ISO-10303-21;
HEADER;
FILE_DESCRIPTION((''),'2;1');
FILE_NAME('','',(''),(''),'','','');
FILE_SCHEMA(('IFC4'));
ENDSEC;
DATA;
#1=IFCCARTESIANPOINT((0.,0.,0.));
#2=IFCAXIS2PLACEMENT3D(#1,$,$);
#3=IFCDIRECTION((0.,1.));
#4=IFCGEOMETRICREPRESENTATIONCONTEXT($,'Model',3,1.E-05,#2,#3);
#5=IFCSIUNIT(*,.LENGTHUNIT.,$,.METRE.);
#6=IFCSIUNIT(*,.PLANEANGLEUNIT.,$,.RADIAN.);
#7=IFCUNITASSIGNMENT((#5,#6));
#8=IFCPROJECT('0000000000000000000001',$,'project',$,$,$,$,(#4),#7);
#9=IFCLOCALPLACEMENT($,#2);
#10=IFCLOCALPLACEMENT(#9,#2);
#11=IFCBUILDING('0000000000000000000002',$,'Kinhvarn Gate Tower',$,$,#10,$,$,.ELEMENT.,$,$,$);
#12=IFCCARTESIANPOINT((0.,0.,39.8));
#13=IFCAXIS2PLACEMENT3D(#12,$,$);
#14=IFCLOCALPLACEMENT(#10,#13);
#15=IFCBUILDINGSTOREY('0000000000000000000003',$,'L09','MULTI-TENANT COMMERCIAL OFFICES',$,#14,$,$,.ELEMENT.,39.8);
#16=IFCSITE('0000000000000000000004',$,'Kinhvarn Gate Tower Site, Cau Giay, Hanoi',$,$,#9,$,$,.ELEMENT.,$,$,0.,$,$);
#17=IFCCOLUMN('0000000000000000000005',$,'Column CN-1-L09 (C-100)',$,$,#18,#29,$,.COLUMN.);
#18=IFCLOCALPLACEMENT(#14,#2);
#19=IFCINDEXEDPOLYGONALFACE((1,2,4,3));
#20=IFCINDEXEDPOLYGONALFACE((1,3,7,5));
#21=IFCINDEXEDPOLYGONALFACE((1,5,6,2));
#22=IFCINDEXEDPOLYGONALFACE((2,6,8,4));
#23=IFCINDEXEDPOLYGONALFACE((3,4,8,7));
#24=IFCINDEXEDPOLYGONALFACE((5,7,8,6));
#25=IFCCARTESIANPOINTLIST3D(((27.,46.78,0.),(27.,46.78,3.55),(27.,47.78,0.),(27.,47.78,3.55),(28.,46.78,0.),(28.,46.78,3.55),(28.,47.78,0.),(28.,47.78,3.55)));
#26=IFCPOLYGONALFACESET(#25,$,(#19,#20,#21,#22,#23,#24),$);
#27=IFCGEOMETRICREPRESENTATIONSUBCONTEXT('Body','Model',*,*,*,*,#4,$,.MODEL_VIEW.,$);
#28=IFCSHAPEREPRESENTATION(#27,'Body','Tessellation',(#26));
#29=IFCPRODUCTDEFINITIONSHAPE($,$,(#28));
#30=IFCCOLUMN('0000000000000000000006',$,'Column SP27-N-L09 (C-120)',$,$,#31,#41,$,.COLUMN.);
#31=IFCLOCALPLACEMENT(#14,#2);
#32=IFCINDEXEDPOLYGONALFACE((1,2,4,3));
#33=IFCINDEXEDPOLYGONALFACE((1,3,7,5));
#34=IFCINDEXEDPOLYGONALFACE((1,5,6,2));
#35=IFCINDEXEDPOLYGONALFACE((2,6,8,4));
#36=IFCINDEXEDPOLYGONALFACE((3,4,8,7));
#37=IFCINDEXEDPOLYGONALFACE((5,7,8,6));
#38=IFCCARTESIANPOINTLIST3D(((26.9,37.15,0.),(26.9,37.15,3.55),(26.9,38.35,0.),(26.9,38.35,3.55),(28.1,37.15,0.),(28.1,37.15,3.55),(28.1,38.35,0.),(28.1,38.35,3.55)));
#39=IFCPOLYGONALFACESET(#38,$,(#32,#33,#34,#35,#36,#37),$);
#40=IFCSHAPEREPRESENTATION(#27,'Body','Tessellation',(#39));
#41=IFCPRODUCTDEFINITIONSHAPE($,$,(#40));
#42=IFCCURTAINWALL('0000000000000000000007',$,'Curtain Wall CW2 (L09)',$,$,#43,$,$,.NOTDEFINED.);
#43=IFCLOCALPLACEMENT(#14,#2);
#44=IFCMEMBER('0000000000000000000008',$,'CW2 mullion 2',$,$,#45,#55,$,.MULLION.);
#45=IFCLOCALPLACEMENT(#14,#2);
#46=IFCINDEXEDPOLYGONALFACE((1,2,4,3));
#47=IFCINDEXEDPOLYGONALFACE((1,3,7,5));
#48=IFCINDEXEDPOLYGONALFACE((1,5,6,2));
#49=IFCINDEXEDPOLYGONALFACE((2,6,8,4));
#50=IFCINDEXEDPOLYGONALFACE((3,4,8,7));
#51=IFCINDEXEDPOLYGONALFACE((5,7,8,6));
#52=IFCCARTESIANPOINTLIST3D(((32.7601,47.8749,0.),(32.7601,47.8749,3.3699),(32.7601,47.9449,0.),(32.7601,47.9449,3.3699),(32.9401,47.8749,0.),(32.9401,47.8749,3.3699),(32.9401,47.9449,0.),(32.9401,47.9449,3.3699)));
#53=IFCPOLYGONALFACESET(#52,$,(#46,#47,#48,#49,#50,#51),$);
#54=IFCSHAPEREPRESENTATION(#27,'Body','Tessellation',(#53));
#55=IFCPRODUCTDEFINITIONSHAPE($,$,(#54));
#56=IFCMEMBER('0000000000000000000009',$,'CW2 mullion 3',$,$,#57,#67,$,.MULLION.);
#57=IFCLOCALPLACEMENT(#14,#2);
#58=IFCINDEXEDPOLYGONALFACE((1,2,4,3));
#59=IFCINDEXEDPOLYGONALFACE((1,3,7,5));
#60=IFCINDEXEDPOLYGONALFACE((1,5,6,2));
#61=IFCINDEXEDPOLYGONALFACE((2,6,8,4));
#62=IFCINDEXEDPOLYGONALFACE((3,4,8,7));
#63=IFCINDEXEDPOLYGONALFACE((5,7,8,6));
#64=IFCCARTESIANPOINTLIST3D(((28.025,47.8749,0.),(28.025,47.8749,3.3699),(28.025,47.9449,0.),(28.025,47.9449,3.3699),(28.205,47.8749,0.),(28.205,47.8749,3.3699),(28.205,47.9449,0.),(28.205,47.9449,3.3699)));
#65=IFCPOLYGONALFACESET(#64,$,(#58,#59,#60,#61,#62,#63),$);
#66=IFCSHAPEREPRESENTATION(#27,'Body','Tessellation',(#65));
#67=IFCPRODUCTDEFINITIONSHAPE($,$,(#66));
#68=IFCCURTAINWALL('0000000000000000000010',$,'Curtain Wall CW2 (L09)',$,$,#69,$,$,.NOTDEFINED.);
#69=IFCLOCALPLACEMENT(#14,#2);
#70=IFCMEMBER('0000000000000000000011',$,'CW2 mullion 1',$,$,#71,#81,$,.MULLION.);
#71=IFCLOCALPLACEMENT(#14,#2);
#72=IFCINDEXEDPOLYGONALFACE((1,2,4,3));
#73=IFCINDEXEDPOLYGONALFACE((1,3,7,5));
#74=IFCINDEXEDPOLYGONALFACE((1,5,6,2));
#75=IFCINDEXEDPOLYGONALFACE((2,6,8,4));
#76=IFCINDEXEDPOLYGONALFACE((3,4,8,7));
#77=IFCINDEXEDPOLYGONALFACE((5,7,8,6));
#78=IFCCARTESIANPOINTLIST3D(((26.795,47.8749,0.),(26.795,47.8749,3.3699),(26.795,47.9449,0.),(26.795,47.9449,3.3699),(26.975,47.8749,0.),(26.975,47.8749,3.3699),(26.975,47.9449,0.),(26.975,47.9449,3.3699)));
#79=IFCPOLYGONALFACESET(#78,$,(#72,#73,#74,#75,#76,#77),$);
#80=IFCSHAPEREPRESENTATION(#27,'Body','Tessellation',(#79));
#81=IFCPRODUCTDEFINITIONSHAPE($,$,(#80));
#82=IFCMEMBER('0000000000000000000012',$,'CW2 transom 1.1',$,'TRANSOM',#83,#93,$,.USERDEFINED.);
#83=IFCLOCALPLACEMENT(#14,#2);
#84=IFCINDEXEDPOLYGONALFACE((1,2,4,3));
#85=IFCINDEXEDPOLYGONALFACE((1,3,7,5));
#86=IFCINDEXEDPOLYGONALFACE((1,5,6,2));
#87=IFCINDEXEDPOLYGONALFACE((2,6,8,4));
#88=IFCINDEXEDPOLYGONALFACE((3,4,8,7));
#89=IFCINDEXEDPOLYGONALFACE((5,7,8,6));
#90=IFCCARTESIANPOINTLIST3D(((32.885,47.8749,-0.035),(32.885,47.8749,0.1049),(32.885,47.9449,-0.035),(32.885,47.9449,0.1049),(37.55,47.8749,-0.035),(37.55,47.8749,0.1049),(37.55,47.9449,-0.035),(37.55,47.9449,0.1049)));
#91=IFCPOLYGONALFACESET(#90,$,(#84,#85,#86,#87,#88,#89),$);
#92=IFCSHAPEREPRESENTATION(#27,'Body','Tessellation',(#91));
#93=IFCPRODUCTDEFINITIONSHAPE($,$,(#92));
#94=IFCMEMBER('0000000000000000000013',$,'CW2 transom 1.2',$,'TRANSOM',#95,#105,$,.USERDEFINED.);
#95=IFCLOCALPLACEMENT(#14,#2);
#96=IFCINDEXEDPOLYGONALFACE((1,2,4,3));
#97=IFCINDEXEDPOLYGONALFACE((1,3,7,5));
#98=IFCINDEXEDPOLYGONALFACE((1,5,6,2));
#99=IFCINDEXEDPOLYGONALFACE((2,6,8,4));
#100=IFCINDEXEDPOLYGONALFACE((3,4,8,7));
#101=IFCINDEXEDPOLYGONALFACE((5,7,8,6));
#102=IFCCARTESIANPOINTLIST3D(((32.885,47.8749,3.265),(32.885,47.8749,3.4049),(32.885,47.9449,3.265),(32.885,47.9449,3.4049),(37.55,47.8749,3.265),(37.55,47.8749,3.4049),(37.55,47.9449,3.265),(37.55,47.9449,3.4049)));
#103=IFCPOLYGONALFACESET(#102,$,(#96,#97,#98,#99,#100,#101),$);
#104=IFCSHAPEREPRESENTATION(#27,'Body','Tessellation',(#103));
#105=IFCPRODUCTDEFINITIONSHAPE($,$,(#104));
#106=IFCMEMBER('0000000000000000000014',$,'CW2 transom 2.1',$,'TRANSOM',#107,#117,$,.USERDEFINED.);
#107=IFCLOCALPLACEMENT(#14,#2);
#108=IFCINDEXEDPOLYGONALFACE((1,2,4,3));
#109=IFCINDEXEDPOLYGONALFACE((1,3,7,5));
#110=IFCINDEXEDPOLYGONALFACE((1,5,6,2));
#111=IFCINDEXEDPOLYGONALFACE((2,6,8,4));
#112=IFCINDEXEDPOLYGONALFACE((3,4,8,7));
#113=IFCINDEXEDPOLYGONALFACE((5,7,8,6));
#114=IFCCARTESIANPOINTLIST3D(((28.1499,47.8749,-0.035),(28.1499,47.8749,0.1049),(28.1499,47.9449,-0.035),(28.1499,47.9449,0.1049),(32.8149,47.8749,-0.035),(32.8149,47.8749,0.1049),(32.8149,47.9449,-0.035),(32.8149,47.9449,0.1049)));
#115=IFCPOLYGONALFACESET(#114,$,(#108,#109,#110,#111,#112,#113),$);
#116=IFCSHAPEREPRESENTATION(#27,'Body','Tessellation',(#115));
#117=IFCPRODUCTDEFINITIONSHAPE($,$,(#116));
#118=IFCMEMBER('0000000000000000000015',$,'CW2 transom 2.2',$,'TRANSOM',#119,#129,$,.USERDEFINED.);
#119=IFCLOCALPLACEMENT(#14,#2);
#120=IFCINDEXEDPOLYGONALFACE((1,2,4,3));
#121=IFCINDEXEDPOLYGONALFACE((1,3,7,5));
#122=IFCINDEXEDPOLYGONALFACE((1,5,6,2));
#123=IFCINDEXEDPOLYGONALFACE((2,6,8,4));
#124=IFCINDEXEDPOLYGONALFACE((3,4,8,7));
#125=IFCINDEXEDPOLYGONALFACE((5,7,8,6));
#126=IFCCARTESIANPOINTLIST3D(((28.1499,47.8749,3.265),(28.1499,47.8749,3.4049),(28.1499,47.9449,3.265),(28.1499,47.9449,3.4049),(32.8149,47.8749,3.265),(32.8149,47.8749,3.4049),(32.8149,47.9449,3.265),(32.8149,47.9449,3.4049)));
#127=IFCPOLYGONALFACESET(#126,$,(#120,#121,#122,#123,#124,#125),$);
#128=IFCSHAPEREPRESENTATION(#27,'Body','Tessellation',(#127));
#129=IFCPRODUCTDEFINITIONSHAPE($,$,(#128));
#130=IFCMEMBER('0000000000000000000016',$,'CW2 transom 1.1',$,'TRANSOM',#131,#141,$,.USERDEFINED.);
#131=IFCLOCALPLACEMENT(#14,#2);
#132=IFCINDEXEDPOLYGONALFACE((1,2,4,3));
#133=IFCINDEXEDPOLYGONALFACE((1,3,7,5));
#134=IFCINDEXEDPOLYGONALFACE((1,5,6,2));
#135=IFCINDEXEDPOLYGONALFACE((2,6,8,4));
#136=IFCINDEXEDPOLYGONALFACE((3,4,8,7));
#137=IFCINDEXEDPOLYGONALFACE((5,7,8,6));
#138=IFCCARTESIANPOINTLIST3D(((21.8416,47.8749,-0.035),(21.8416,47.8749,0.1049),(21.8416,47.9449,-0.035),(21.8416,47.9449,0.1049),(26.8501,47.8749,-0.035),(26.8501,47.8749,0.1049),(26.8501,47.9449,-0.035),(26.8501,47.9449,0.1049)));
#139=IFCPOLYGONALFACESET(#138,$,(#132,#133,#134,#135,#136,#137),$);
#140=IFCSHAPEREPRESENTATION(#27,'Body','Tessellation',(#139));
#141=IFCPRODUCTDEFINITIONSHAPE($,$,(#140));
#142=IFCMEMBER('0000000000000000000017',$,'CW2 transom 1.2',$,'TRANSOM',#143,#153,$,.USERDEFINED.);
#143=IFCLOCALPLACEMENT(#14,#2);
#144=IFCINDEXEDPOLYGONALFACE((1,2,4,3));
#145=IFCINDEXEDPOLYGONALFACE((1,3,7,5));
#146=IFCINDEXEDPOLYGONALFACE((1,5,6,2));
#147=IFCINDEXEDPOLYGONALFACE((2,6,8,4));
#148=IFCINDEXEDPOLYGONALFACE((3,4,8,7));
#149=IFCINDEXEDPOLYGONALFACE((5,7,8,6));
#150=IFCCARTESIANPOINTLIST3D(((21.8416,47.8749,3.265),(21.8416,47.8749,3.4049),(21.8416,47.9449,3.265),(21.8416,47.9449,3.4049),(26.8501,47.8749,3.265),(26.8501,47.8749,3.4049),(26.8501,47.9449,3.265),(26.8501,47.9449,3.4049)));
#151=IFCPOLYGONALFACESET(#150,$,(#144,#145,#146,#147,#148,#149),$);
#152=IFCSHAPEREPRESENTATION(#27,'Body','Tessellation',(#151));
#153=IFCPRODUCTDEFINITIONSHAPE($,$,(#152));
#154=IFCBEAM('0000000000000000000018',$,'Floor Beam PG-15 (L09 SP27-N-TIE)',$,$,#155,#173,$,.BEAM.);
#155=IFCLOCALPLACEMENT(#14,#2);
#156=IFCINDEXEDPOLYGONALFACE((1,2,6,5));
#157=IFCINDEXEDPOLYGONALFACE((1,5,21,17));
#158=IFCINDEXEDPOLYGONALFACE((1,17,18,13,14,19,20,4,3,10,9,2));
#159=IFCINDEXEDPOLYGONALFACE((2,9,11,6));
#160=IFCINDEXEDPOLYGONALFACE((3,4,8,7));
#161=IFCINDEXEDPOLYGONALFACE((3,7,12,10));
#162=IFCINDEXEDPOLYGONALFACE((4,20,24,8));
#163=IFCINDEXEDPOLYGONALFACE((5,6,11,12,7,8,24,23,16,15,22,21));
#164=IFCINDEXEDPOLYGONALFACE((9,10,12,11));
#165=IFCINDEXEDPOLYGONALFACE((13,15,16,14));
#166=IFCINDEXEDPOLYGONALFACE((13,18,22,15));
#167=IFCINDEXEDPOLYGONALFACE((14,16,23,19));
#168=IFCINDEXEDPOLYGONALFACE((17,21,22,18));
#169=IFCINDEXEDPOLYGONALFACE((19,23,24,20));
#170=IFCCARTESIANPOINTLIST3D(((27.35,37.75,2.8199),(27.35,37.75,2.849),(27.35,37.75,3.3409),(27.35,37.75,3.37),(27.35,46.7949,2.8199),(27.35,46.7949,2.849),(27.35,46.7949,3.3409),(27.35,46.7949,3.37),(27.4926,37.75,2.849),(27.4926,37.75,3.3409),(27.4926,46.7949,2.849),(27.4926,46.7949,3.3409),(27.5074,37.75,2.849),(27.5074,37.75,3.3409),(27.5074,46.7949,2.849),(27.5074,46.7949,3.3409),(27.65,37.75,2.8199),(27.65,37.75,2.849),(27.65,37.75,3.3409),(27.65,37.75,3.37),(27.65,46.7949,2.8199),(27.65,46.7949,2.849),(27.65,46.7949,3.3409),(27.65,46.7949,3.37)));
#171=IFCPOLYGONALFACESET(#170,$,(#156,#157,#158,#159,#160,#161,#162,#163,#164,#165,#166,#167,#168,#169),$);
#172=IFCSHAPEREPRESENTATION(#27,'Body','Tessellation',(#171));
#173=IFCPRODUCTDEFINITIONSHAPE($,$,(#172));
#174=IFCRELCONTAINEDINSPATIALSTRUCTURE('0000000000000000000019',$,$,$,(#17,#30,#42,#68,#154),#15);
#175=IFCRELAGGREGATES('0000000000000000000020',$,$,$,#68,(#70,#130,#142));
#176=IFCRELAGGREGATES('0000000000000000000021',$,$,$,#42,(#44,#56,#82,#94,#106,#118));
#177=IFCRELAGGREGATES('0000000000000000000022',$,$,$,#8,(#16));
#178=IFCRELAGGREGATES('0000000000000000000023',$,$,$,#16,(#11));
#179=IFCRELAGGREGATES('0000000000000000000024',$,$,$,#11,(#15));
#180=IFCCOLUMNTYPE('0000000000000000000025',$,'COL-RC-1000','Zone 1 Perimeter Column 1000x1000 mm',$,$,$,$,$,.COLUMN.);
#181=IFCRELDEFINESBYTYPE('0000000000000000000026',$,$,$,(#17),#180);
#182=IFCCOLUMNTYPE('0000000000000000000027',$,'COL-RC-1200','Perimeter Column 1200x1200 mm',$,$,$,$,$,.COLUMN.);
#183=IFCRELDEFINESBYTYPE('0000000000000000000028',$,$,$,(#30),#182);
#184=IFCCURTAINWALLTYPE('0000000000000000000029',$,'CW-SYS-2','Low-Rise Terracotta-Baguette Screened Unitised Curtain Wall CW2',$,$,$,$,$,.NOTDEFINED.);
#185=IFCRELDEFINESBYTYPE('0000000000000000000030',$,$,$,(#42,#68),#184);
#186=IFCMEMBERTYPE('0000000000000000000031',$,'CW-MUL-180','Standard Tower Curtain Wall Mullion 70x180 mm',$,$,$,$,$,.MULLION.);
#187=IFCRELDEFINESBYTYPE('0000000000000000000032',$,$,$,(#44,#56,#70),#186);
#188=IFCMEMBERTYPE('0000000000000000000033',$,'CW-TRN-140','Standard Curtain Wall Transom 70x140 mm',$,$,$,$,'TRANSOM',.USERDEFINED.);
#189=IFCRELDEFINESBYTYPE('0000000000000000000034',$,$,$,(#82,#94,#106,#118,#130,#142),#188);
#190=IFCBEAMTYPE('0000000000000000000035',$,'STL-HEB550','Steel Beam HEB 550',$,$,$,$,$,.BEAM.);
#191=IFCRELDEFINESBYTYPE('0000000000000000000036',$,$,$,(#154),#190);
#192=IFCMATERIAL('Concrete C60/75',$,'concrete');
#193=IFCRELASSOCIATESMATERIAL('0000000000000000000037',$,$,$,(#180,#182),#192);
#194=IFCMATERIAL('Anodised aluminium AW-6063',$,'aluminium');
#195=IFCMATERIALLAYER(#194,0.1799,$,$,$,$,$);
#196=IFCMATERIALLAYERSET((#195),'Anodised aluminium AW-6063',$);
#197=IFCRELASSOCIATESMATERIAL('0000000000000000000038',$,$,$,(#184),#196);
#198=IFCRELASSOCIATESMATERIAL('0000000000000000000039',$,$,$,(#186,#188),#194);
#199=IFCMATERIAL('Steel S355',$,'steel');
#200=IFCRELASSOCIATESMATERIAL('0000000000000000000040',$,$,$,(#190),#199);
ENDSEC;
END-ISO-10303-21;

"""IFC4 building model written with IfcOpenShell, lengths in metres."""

from ifc_helpers import new_model, si_unit, direction, frame, origin, origin_2d, place, context, subcontext, project, spatial, rectangle, i_section, extrude, material, layer, layer_set, material_profile, profile_set, type_object, element, aggregate, save


model = new_model("IFC4")

# Units and contexts
model_context = context("Model", 3, precision=1e-05, world=origin(), true_north=direction((0.0, 1.0)))
body_context = subcontext(model_context, "Body", "Model", "MODEL_VIEW")
ifc_project = project(units=[si_unit("LENGTHUNIT", "METRE"), si_unit("PLANEANGLEUNIT", "RADIAN")], contexts=[model_context])

# Site, building, storey
site_placement = place(None, origin())
site = spatial("IfcSite", under=ifc_project, at=site_placement, Name="Kinhvarn Gate Tower Site, Cau Giay, Hanoi", CompositionType="ELEMENT", RefElevation=0.0)
building_placement = place(site_placement, origin())
building = spatial("IfcBuilding", under=site, at=building_placement, Name="Kinhvarn Gate Tower", CompositionType="ELEMENT")
storey_placement = place(building_placement, frame((0.0, 0.0, 39.8)))
storey = spatial("IfcBuildingStorey", under=building, at=storey_placement, Name="L09", Description="MULTI-TENANT COMMERCIAL OFFICES", CompositionType="ELEMENT", Elevation=39.8)

# Columns
ifc_material_1 = material(Name="Concrete C60/75", Category="concrete")
ifc_material_profile_1 = material_profile(ifc_material_1, rectangle(XDim=1.0, YDim=1.0, at=origin_2d()), Name="RC 1000x1000")
ifc_profile_set_1 = profile_set([ifc_material_profile_1], Name="Concrete C60/75")
column_type_1 = type_object("IfcColumnType", Name="COL-RC-1000", Description="Zone 1 Perimeter Column 1000x1000 mm", PredefinedType="COLUMN", material=ifc_profile_set_1)
column_1_placement = place(storey_placement, frame((27.5, 47.28, 0.0), z_axis=(0.0, 0.0, 1.0), x_axis=(1.0, 0.0, 0.0)))
element("IfcColumn", 1, at=column_1_placement, inside=storey, type_object=column_type_1, Name="Column CN-1-L09 (C-100)", PredefinedType="COLUMN", context=body_context, shape_type="SweptSolid", body=[
    extrude(rectangle(XDim=1.0, YDim=1.0, at=origin_2d()), origin(), (0.0, 0.0, 1.0), 3.55),
])
ifc_material_profile_2 = material_profile(ifc_material_1, rectangle(XDim=1.2, YDim=1.2, at=origin_2d()), Name="RC 1200x1200")
ifc_profile_set_2 = profile_set([ifc_material_profile_2], Name="Concrete C60/75")
column_type_2 = type_object("IfcColumnType", Name="COL-RC-1200", Description="Perimeter Column 1200x1200 mm", PredefinedType="COLUMN", material=ifc_profile_set_2)
column_2_placement = place(storey_placement, frame((27.5, 37.75, 0.0), z_axis=(0.0, 0.0, 1.0), x_axis=(1.0, 0.0, 0.0)))
element("IfcColumn", 2, at=column_2_placement, inside=storey, type_object=column_type_2, Name="Column SP27-N-L09 (C-120)", PredefinedType="COLUMN", context=body_context, shape_type="SweptSolid", body=[
    extrude(rectangle(XDim=1.2, YDim=1.2, at=origin_2d()), origin(), (0.0, 0.0, 1.0), 3.55),
])

# Curtain wall, members
ifc_material_2 = material(Name="Anodised aluminium AW-6063", Category="aluminium")
ifc_layer_1 = layer(ifc_material_2, 0.1799)
ifc_layer_set_1 = layer_set([ifc_layer_1], Name="Anodised aluminium AW-6063")
curtain_wall_type = type_object("IfcCurtainWallType", Name="CW-SYS-2", Description="Low-Rise Terracotta-Baguette Screened Unitised Curtain Wall CW2", PredefinedType="NOTDEFINED", material=ifc_layer_set_1)
curtain_wall_1_placement = place(storey_placement, origin())
curtain_wall_1 = element("IfcCurtainWall", 3, at=curtain_wall_1_placement, inside=storey, type_object=curtain_wall_type, Name="Curtain Wall CW2 (L09)", PredefinedType="NOTDEFINED")
ifc_material_profile_3 = material_profile(ifc_material_2, rectangle(XDim=0.0701, YDim=0.1799, at=origin_2d()), Name="ALU 70x180")
ifc_profile_set_3 = profile_set([ifc_material_profile_3], Name="Anodised aluminium AW-6063")
member_type_1 = type_object("IfcMemberType", Name="CW-MUL-180", Description="Standard Tower Curtain Wall Mullion 70x180 mm", PredefinedType="MULLION", material=ifc_profile_set_3)
member_1_placement = place(storey_placement, frame((32.8501, 47.9099, 0.0), z_axis=(0.0, 0.0, 1.0), x_axis=(0.0, -1.0, 0.0)))
member_1 = element("IfcMember", 4, at=member_1_placement, type_object=member_type_1, Name="CW2 mullion 2", PredefinedType="MULLION", context=body_context, shape_type="SweptSolid", body=[
    extrude(rectangle(XDim=0.0701, YDim=0.1799, at=origin_2d()), origin(), (0.0, 0.0, 1.0), 3.3699),
])
member_2_placement = place(storey_placement, frame((28.115, 47.9099, 0.0), z_axis=(0.0, 0.0, 1.0), x_axis=(0.0, -1.0, 0.0)))
member_2 = element("IfcMember", 5, at=member_2_placement, type_object=member_type_1, Name="CW2 mullion 3", PredefinedType="MULLION", context=body_context, shape_type="SweptSolid", body=[
    extrude(rectangle(XDim=0.0701, YDim=0.1799, at=origin_2d()), origin(), (0.0, 0.0, 1.0), 3.3699),
])

# Curtain wall, member
curtain_wall_2_placement = place(storey_placement, origin())
curtain_wall_2 = element("IfcCurtainWall", 6, at=curtain_wall_2_placement, inside=storey, type_object=curtain_wall_type, Name="Curtain Wall CW2 (L09)", PredefinedType="NOTDEFINED")
member_3_placement = place(storey_placement, frame((26.885, 47.9099, 0.0), z_axis=(0.0, 0.0, 1.0), x_axis=(0.0, -1.0, 0.0)))
member_3 = element("IfcMember", 7, at=member_3_placement, type_object=member_type_1, Name="CW2 mullion 1", PredefinedType="MULLION", context=body_context, shape_type="SweptSolid", body=[
    extrude(rectangle(XDim=0.0701, YDim=0.1799, at=origin_2d()), origin(), (0.0, 0.0, 1.0), 3.3699),
])

# Members
ifc_material_profile_4 = material_profile(ifc_material_2, rectangle(XDim=0.0701, YDim=0.1399, at=origin_2d()), Name="ALU 70x140")
ifc_profile_set_4 = profile_set([ifc_material_profile_4], Name="Anodised aluminium AW-6063")
member_type_2 = type_object("IfcMemberType", Name="CW-TRN-140", Description="Standard Curtain Wall Transom 70x140 mm", ElementType="TRANSOM", PredefinedType="USERDEFINED", material=ifc_profile_set_4)
member_4_placement = place(storey_placement, frame((37.55, 47.9099, 0.0349), z_axis=(-1.0, 0.0, 0.0), x_axis=(0.0, -1.0, 0.0)))
member_4 = element("IfcMember", 8, at=member_4_placement, type_object=member_type_2, Name="CW2 transom 1.1", ObjectType="TRANSOM", PredefinedType="USERDEFINED", context=body_context, shape_type="SweptSolid", body=[
    extrude(rectangle(XDim=0.0701, YDim=0.1399, at=origin_2d()), origin(), (0.0, 0.0, 1.0), 4.665),
])
member_5_placement = place(storey_placement, frame((37.55, 47.9099, 3.335), z_axis=(-1.0, 0.0, 0.0), x_axis=(0.0, -1.0, 0.0)))
member_5 = element("IfcMember", 9, at=member_5_placement, type_object=member_type_2, Name="CW2 transom 1.2", ObjectType="TRANSOM", PredefinedType="USERDEFINED", context=body_context, shape_type="SweptSolid", body=[
    extrude(rectangle(XDim=0.0701, YDim=0.1399, at=origin_2d()), origin(), (0.0, 0.0, 1.0), 4.665),
])
member_6_placement = place(storey_placement, frame((32.8149, 47.9099, 0.0349), z_axis=(-1.0, 0.0, 0.0), x_axis=(0.0, -1.0, 0.0)))
member_6 = element("IfcMember", 10, at=member_6_placement, type_object=member_type_2, Name="CW2 transom 2.1", ObjectType="TRANSOM", PredefinedType="USERDEFINED", context=body_context, shape_type="SweptSolid", body=[
    extrude(rectangle(XDim=0.0701, YDim=0.1399, at=origin_2d()), origin(), (0.0, 0.0, 1.0), 4.665),
])
member_7_placement = place(storey_placement, frame((32.8149, 47.9099, 3.335), z_axis=(-1.0, 0.0, 0.0), x_axis=(0.0, -1.0, 0.0)))
member_7 = element("IfcMember", 11, at=member_7_placement, type_object=member_type_2, Name="CW2 transom 2.2", ObjectType="TRANSOM", PredefinedType="USERDEFINED", context=body_context, shape_type="SweptSolid", body=[
    extrude(rectangle(XDim=0.0701, YDim=0.1399, at=origin_2d()), origin(), (0.0, 0.0, 1.0), 4.665),
])
member_8_placement = place(storey_placement, frame((26.8501, 47.9099, 0.0349), z_axis=(-1.0, 0.0, 0.0), x_axis=(0.0, -1.0, 0.0)))
member_8 = element("IfcMember", 12, at=member_8_placement, type_object=member_type_2, Name="CW2 transom 1.1", ObjectType="TRANSOM", PredefinedType="USERDEFINED", context=body_context, shape_type="SweptSolid", body=[
    extrude(rectangle(XDim=0.0701, YDim=0.1399, at=origin_2d()), origin(), (0.0, 0.0, 1.0), 5.0085),
])
member_9_placement = place(storey_placement, frame((26.8501, 47.9099, 3.335), z_axis=(-1.0, 0.0, 0.0), x_axis=(0.0, -1.0, 0.0)))
member_9 = element("IfcMember", 13, at=member_9_placement, type_object=member_type_2, Name="CW2 transom 1.2", ObjectType="TRANSOM", PredefinedType="USERDEFINED", context=body_context, shape_type="SweptSolid", body=[
    extrude(rectangle(XDim=0.0701, YDim=0.1399, at=origin_2d()), origin(), (0.0, 0.0, 1.0), 5.0085),
])
aggregate(curtain_wall_2, [member_3, member_8, member_9])

# Beam
ifc_material_3 = material(Name="Steel S355", Category="steel")
ifc_material_profile_5 = material_profile(ifc_material_3, i_section(OverallWidth=0.3, OverallDepth=0.55, WebThickness=0.0149, FlangeThickness=0.0291, at=origin_2d()), Name="HEB 550")
ifc_profile_set_5 = profile_set([ifc_material_profile_5], Name="Steel S355")
beam_type_1 = type_object("IfcBeamType", Name="STL-HEB550", Description="Steel Beam HEB 550", PredefinedType="BEAM", material=ifc_profile_set_5)
beam_1_placement = place(storey_placement, frame((27.5, 37.75, 3.095), z_axis=(0.0, 1.0, 0.0), x_axis=(-1.0, 0.0, 0.0)))
element("IfcBeam", 14, at=beam_1_placement, inside=storey, type_object=beam_type_1, Name="Floor Beam PG-15 (L09 SP27-N-TIE)", PredefinedType="BEAM", context=body_context, shape_type="SweptSolid", body=[
    extrude(i_section(OverallWidth=0.3, OverallDepth=0.55, WebThickness=0.0149, FlangeThickness=0.0291, at=origin_2d()), origin(), (0.0, 0.0, 1.0), 9.0449),
])

aggregate(curtain_wall_1, [member_1, member_2, member_4, member_5, member_6, member_7])

save(model, "model.ifc")
